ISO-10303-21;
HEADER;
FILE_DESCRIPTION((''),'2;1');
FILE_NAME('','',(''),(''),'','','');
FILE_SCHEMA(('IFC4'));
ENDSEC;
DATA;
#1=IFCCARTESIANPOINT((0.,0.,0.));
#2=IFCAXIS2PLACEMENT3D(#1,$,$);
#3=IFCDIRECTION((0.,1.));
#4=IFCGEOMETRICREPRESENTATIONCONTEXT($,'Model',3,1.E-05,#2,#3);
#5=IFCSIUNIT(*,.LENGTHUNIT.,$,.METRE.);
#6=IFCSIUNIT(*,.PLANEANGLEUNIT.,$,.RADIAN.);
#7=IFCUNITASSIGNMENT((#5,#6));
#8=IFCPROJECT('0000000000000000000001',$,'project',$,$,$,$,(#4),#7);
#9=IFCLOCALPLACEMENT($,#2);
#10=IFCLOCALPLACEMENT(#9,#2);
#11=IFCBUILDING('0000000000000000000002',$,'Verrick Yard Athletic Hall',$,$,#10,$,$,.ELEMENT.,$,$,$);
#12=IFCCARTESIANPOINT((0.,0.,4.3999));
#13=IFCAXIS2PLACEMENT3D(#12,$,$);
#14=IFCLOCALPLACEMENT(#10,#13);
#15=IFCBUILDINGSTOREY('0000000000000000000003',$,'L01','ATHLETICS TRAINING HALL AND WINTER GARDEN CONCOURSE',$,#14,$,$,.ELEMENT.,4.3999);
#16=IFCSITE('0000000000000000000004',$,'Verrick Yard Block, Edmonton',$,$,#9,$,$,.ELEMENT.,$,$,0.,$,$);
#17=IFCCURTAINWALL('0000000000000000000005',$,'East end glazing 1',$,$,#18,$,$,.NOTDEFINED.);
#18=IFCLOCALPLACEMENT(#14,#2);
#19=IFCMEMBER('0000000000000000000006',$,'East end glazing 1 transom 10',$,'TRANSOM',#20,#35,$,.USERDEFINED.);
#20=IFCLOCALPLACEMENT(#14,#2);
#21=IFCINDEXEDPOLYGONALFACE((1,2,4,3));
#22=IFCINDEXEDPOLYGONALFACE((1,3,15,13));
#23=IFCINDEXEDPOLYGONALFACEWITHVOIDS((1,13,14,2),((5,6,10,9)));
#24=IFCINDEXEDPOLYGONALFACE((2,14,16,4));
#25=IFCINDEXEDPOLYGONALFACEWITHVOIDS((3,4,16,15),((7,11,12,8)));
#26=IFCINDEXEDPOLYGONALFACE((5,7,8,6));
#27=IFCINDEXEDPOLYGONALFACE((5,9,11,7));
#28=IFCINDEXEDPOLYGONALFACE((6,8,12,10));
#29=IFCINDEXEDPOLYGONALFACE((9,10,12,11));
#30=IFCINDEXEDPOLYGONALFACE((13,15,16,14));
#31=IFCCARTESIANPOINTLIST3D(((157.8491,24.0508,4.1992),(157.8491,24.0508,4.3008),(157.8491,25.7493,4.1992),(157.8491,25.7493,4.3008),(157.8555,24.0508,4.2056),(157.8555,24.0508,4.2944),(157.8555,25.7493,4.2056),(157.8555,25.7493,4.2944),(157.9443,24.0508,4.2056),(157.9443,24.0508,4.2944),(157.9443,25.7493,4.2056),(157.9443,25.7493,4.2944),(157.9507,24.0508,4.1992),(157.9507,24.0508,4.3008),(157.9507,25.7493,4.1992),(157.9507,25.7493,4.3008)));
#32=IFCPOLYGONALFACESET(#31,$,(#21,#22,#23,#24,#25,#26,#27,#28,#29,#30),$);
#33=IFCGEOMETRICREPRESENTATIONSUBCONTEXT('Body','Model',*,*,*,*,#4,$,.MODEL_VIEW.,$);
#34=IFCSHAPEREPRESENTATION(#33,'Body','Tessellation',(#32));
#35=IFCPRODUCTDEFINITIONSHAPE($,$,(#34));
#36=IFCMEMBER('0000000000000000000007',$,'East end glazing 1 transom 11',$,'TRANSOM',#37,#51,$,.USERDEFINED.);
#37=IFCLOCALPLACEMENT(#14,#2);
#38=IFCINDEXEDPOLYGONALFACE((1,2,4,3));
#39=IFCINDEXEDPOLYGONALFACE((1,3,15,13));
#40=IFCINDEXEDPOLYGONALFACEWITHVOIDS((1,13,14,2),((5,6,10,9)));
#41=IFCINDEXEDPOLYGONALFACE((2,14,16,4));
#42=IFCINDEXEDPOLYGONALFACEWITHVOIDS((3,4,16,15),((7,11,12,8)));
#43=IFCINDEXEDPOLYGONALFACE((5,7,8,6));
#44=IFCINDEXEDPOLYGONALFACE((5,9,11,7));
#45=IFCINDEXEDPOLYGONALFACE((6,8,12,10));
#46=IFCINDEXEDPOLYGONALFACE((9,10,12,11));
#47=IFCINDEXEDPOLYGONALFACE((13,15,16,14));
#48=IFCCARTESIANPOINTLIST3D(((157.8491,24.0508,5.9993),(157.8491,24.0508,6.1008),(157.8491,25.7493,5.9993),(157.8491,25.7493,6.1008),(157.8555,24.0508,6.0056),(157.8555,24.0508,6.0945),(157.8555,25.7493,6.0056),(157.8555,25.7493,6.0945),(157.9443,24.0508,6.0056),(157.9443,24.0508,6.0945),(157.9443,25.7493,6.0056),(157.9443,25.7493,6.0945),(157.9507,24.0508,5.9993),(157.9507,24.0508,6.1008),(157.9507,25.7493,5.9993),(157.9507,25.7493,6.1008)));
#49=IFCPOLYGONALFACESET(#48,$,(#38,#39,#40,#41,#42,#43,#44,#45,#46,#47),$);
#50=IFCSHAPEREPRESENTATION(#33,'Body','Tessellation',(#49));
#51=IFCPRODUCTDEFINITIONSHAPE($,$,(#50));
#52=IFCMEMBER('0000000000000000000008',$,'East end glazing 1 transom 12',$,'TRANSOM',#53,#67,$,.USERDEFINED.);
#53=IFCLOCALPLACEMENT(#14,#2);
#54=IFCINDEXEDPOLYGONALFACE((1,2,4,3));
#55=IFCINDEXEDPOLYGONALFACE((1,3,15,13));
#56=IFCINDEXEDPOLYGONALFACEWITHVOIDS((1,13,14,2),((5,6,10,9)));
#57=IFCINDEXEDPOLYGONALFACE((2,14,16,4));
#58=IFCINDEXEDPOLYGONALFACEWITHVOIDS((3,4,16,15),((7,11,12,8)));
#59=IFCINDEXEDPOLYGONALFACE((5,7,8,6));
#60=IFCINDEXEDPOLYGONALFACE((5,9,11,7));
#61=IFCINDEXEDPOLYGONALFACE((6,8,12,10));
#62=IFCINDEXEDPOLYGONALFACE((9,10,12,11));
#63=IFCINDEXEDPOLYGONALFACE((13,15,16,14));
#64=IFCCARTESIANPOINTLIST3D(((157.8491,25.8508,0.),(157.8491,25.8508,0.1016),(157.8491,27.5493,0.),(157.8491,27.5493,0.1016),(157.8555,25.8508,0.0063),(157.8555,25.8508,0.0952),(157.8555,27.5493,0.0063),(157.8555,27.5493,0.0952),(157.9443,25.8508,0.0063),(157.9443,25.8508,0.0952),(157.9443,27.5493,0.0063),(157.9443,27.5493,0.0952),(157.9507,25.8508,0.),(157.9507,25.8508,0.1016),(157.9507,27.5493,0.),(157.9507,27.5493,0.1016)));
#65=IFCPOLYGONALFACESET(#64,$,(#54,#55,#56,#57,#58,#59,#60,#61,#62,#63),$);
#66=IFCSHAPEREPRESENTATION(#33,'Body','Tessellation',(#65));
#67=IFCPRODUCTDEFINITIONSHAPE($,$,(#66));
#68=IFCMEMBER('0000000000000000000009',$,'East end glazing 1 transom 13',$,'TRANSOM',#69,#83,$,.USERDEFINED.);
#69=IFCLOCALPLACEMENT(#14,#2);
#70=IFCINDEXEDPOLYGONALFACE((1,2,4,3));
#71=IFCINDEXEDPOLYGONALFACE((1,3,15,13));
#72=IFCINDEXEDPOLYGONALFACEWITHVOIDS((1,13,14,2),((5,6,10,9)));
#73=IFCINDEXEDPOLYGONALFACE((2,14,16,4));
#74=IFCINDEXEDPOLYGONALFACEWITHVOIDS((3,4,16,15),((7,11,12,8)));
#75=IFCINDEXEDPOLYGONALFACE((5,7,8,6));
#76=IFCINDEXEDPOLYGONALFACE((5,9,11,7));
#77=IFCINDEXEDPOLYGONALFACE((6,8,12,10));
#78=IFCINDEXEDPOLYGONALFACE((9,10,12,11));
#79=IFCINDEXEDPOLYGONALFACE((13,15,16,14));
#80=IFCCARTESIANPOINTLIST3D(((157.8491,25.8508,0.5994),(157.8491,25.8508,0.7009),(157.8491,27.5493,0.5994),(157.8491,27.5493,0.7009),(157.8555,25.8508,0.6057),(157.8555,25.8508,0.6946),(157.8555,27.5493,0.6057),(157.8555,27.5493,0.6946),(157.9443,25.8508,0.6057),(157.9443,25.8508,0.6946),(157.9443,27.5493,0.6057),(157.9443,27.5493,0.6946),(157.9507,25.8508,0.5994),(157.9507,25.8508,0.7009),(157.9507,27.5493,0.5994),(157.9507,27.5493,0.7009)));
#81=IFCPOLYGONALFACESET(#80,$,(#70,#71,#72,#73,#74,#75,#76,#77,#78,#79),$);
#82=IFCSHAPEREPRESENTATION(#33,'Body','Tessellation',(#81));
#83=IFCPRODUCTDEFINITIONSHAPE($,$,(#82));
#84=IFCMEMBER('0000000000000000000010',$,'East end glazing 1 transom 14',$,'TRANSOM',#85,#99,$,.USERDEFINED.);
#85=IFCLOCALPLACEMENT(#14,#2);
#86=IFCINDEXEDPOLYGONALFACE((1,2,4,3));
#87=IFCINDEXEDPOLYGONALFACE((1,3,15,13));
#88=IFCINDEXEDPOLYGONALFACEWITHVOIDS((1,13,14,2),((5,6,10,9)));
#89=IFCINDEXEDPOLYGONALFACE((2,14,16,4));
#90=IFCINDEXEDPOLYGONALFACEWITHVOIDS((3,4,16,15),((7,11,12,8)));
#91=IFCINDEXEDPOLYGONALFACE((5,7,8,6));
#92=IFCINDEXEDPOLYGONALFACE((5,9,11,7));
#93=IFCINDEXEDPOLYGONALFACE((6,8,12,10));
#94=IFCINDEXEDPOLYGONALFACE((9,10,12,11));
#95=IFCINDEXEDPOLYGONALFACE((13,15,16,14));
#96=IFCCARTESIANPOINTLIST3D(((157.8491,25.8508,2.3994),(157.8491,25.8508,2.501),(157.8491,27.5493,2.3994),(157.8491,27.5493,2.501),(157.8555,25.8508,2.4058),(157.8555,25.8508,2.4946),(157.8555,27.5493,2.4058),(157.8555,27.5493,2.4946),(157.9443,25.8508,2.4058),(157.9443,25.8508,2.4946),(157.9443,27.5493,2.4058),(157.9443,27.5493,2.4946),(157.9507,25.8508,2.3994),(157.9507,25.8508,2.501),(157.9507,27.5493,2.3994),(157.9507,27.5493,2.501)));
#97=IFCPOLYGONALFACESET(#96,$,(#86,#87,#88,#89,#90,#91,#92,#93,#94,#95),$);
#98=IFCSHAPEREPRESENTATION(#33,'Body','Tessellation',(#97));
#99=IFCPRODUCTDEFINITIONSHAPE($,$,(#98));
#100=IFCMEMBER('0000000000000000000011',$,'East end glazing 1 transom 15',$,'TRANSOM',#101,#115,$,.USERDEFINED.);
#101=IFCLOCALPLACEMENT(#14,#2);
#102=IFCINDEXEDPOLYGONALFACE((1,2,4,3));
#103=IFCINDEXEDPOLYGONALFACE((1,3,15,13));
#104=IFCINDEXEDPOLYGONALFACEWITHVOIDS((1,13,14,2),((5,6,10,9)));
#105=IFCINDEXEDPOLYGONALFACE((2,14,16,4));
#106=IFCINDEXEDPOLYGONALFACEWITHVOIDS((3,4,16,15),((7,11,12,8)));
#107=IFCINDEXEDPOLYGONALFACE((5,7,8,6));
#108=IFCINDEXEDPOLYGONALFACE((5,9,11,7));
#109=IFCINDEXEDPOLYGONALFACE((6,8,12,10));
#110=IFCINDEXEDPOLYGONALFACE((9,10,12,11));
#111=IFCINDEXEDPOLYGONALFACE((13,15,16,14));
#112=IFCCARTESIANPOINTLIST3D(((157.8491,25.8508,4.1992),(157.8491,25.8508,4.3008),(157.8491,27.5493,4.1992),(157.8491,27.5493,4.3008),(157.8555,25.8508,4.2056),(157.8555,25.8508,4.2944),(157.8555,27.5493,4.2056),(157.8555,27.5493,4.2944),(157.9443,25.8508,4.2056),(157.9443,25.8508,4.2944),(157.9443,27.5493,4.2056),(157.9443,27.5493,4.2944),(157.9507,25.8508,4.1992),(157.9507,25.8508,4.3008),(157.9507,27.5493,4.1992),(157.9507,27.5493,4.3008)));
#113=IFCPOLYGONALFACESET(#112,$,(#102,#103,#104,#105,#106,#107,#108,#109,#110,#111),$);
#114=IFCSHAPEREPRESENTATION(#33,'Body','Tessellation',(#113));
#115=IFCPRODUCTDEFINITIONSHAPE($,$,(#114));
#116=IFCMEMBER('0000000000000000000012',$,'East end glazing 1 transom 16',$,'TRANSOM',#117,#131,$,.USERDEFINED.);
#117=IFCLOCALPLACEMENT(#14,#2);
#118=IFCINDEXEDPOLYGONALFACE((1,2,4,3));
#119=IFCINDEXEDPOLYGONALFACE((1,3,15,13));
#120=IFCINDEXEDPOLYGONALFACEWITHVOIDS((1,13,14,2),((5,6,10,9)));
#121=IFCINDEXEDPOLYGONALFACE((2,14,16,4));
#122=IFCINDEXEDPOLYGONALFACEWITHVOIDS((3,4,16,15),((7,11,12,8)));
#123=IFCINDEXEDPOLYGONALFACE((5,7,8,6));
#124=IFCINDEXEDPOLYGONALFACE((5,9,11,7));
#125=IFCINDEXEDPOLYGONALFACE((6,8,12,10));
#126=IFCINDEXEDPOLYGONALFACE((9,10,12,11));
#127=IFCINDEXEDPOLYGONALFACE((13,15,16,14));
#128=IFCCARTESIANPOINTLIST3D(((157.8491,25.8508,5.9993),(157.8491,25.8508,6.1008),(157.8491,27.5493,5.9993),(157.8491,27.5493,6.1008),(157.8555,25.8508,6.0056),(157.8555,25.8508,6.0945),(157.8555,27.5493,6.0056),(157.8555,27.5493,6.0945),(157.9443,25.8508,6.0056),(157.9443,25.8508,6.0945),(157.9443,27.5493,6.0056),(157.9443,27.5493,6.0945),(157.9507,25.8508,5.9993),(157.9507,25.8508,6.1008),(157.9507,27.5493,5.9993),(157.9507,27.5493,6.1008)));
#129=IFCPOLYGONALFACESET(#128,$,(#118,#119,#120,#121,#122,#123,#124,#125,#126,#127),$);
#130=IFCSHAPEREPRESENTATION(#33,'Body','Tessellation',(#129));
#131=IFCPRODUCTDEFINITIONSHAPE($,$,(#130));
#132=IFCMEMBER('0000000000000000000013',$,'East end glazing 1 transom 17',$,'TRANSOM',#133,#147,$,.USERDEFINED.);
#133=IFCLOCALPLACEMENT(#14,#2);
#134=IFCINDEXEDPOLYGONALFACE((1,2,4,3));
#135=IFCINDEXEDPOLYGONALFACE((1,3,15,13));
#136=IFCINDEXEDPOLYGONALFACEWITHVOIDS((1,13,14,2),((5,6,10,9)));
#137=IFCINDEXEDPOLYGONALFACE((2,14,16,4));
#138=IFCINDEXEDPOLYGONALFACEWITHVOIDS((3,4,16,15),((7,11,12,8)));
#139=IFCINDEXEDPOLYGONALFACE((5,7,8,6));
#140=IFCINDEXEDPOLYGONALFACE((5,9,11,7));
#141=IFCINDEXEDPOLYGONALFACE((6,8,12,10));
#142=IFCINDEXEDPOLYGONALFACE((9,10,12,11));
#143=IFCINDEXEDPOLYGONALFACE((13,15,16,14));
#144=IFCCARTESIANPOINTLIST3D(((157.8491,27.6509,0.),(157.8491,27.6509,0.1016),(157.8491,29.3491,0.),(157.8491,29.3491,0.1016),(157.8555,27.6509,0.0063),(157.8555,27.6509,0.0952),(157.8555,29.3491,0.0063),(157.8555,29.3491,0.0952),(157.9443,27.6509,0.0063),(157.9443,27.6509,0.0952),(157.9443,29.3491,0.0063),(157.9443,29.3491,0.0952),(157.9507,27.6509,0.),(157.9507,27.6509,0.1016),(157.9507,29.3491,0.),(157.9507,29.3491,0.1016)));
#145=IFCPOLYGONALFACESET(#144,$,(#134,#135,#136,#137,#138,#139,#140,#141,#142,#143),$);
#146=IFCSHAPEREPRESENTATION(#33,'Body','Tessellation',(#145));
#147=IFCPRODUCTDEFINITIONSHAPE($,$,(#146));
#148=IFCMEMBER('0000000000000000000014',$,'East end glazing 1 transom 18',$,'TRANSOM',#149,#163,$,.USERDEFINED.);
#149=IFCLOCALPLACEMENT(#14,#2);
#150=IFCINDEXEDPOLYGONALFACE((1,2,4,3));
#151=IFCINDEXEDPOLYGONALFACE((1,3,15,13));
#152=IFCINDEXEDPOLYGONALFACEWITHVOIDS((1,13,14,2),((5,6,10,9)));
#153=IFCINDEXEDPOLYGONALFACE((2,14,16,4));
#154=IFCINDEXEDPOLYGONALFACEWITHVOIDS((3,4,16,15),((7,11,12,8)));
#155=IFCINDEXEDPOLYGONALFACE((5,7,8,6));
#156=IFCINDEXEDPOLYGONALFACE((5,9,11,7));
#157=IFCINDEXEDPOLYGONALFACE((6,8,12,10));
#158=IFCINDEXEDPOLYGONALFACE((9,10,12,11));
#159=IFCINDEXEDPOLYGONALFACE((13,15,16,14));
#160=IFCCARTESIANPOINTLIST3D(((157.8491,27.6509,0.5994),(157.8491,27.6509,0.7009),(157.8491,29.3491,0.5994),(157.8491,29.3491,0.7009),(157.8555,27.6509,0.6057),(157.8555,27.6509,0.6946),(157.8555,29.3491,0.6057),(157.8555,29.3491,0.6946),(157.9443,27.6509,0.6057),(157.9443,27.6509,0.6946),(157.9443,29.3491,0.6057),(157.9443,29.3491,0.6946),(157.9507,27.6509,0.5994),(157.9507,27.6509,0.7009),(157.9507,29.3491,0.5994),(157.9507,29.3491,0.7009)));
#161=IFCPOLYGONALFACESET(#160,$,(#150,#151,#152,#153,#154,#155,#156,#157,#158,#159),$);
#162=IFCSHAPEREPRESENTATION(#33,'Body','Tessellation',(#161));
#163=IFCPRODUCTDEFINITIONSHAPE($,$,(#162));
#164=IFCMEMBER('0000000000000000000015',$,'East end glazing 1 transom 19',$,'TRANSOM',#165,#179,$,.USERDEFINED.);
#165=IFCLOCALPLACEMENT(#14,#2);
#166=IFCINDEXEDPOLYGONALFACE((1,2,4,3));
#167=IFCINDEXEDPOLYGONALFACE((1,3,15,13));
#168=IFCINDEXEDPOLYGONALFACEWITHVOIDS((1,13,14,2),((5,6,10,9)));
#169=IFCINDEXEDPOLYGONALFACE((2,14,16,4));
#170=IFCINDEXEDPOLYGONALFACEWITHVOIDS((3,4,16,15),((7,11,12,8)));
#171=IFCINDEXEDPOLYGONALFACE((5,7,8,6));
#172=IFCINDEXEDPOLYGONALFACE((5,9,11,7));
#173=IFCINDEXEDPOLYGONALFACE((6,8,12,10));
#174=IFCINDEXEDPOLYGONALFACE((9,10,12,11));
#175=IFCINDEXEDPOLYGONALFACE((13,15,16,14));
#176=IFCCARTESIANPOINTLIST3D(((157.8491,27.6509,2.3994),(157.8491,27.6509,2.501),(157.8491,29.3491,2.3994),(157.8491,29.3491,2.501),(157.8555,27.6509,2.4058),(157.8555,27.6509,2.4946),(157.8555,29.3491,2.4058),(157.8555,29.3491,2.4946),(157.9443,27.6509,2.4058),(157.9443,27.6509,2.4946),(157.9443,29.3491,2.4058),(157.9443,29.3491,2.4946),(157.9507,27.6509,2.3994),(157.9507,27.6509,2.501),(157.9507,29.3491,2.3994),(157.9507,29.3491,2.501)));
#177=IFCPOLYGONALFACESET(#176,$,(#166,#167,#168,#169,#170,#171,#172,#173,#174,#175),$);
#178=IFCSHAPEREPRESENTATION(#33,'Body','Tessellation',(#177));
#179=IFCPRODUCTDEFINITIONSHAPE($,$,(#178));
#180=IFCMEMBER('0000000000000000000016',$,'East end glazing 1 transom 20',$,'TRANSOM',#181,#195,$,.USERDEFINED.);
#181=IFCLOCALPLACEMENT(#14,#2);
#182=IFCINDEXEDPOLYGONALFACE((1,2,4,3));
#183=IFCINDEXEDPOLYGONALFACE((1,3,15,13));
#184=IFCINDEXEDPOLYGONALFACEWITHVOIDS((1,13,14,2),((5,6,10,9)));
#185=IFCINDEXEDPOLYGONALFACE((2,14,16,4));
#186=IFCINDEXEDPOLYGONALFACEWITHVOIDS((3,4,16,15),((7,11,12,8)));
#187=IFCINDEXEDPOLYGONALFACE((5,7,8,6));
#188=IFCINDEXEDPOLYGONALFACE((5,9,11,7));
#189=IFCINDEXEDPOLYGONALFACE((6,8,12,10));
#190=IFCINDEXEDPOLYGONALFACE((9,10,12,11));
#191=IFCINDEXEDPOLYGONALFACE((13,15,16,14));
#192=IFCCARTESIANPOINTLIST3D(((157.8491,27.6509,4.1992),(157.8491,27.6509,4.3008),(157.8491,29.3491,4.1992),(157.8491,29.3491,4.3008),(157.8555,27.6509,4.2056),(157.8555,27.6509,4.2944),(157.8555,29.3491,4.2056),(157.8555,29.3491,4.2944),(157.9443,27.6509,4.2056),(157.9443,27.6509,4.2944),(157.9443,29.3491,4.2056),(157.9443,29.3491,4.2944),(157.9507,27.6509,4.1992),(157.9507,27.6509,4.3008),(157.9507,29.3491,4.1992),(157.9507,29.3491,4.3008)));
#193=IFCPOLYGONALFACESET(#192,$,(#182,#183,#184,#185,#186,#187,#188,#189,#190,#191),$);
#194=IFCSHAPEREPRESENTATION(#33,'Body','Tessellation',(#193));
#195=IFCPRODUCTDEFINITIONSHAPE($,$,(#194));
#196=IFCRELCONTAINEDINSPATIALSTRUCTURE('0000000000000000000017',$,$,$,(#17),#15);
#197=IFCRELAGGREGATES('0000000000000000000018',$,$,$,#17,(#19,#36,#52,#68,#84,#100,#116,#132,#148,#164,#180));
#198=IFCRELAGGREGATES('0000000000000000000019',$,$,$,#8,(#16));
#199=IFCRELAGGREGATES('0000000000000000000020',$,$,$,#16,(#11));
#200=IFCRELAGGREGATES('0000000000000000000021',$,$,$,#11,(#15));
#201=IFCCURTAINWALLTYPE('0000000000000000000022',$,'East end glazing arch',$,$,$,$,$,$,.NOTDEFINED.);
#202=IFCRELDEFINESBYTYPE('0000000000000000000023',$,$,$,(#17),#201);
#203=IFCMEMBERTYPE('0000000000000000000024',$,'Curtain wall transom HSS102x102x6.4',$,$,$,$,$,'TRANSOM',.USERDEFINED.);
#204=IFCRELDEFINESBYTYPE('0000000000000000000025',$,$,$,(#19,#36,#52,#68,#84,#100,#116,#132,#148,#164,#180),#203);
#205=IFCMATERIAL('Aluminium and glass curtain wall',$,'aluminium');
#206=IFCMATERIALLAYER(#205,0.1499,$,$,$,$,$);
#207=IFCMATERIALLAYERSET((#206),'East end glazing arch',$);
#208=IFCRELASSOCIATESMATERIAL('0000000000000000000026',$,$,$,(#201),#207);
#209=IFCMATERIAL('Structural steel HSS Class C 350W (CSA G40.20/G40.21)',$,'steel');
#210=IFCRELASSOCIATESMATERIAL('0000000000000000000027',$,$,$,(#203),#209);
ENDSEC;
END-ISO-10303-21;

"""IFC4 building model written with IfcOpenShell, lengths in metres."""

from ifc_helpers import new_model, si_unit, direction, frame, origin, origin_2d, place, context, subcontext, project, spatial, hollow_rectangle, extrude, material, layer, layer_set, material_profile, profile_set, type_object, element, aggregate, save


model = new_model("IFC4")

# Units and contexts
model_context = context("Model", 3, precision=1e-05, world=origin(), true_north=direction((0.0, 1.0)))
body_context = subcontext(model_context, "Body", "Model", "MODEL_VIEW")
ifc_project = project(units=[si_unit("LENGTHUNIT", "METRE"), si_unit("PLANEANGLEUNIT", "RADIAN")], contexts=[model_context])

# Site, building, storey
site_placement = place(None, origin())
site = spatial("IfcSite", under=ifc_project, at=site_placement, Name="Verrick Yard Block, Edmonton", CompositionType="ELEMENT", RefElevation=0.0)
building_placement = place(site_placement, origin())
building = spatial("IfcBuilding", under=site, at=building_placement, Name="Verrick Yard Athletic Hall", CompositionType="ELEMENT")
storey_placement = place(building_placement, frame((0.0, 0.0, 4.3999)))
storey = spatial("IfcBuildingStorey", under=building, at=storey_placement, Name="L01", Description="ATHLETICS TRAINING HALL AND WINTER GARDEN CONCOURSE", CompositionType="ELEMENT", Elevation=4.3999)

# Curtain wall, members
ifc_material_1 = material(Name="Aluminium and glass curtain wall", Category="aluminium")
ifc_layer = layer(ifc_material_1, 0.1499)
ifc_layer_set = layer_set([ifc_layer], Name="East end glazing arch")
curtain_wall_type = type_object("IfcCurtainWallType", Name="East end glazing arch", PredefinedType="NOTDEFINED", material=ifc_layer_set)
curtain_wall_placement = place(storey_placement, origin())
curtain_wall = element("IfcCurtainWall", 1, at=curtain_wall_placement, inside=storey, type_object=curtain_wall_type, Name="East end glazing 1", PredefinedType="NOTDEFINED")
ifc_material_2 = material(Name="Structural steel HSS Class C 350W (CSA G40.20/G40.21)", Category="steel")
ifc_material_profile_1 = material_profile(ifc_material_2, hollow_rectangle(XDim=0.1016, YDim=0.1016, WallThickness=0.0063, at=origin_2d()), Name="HSS102x102x6.4")
ifc_profile_set_1 = profile_set([ifc_material_profile_1], Name="Structural steel HSS Class C 350W (CSA G40.20/G40.21)")
member_type_1 = type_object("IfcMemberType", Name="Curtain wall transom HSS102x102x6.4", ElementType="TRANSOM", PredefinedType="USERDEFINED", material=ifc_profile_set_1)
member_1_placement = place(storey_placement, frame((157.8999, 24.0508, 4.25), z_axis=(0.0, 1.0, 0.0), x_axis=(-1.0, 0.0, 0.0)))
member_1 = element("IfcMember", 2, at=member_1_placement, type_object=member_type_1, Name="East end glazing 1 transom 10", ObjectType="TRANSOM", PredefinedType="USERDEFINED", context=body_context, shape_type="SweptSolid", body=[
    extrude(hollow_rectangle(XDim=0.1016, YDim=0.1016, WallThickness=0.0063, at=origin_2d()), origin(), (0.0, 0.0, 1.0), 1.6985),
])
member_2_placement = place(storey_placement, frame((157.8999, 24.0508, 6.05), z_axis=(0.0, 1.0, 0.0), x_axis=(-1.0, 0.0, 0.0)))
member_2 = element("IfcMember", 3, at=member_2_placement, type_object=member_type_1, Name="East end glazing 1 transom 11", ObjectType="TRANSOM", PredefinedType="USERDEFINED", context=body_context, shape_type="SweptSolid", body=[
    extrude(hollow_rectangle(XDim=0.1016, YDim=0.1016, WallThickness=0.0063, at=origin_2d()), origin(), (0.0, 0.0, 1.0), 1.6985),
])
member_3_placement = place(storey_placement, frame((157.8999, 25.8508, 0.0508), z_axis=(0.0, 1.0, 0.0), x_axis=(-1.0, 0.0, 0.0)))
member_3 = element("IfcMember", 4, at=member_3_placement, type_object=member_type_1, Name="East end glazing 1 transom 12", ObjectType="TRANSOM", PredefinedType="USERDEFINED", context=body_context, shape_type="SweptSolid", body=[
    extrude(hollow_rectangle(XDim=0.1016, YDim=0.1016, WallThickness=0.0063, at=origin_2d()), origin(), (0.0, 0.0, 1.0), 1.6985),
])
member_4_placement = place(storey_placement, frame((157.8999, 25.8508, 0.6501), z_axis=(0.0, 1.0, 0.0), x_axis=(-1.0, 0.0, 0.0)))
member_4 = element("IfcMember", 5, at=member_4_placement, type_object=member_type_1, Name="East end glazing 1 transom 13", ObjectType="TRANSOM", PredefinedType="USERDEFINED", context=body_context, shape_type="SweptSolid", body=[
    extrude(hollow_rectangle(XDim=0.1016, YDim=0.1016, WallThickness=0.0063, at=origin_2d()), origin(), (0.0, 0.0, 1.0), 1.6985),
])
member_5_placement = place(storey_placement, frame((157.8999, 25.8508, 2.4502), z_axis=(0.0, 1.0, 0.0), x_axis=(-1.0, 0.0, 0.0)))
member_5 = element("IfcMember", 6, at=member_5_placement, type_object=member_type_1, Name="East end glazing 1 transom 14", ObjectType="TRANSOM", PredefinedType="USERDEFINED", context=body_context, shape_type="SweptSolid", body=[
    extrude(hollow_rectangle(XDim=0.1016, YDim=0.1016, WallThickness=0.0063, at=origin_2d()), origin(), (0.0, 0.0, 1.0), 1.6985),
])
member_6_placement = place(storey_placement, frame((157.8999, 25.8508, 4.25), z_axis=(0.0, 1.0, 0.0), x_axis=(-1.0, 0.0, 0.0)))
member_6 = element("IfcMember", 7, at=member_6_placement, type_object=member_type_1, Name="East end glazing 1 transom 15", ObjectType="TRANSOM", PredefinedType="USERDEFINED", context=body_context, shape_type="SweptSolid", body=[
    extrude(hollow_rectangle(XDim=0.1016, YDim=0.1016, WallThickness=0.0063, at=origin_2d()), origin(), (0.0, 0.0, 1.0), 1.6985),
])
member_7_placement = place(storey_placement, frame((157.8999, 25.8508, 6.05), z_axis=(0.0, 1.0, 0.0), x_axis=(-1.0, 0.0, 0.0)))
member_7 = element("IfcMember", 8, at=member_7_placement, type_object=member_type_1, Name="East end glazing 1 transom 16", ObjectType="TRANSOM", PredefinedType="USERDEFINED", context=body_context, shape_type="SweptSolid", body=[
    extrude(hollow_rectangle(XDim=0.1016, YDim=0.1016, WallThickness=0.0063, at=origin_2d()), origin(), (0.0, 0.0, 1.0), 1.6985),
])
member_8_placement = place(storey_placement, frame((157.8999, 27.6509, 0.0508), z_axis=(0.0, 1.0, 0.0), x_axis=(-1.0, 0.0, 0.0)))
member_8 = element("IfcMember", 9, at=member_8_placement, type_object=member_type_1, Name="East end glazing 1 transom 17", ObjectType="TRANSOM", PredefinedType="USERDEFINED", context=body_context, shape_type="SweptSolid", body=[
    extrude(hollow_rectangle(XDim=0.1016, YDim=0.1016, WallThickness=0.0063, at=origin_2d()), origin(), (0.0, 0.0, 1.0), 1.6982),
])
member_9_placement = place(storey_placement, frame((157.8999, 27.6509, 0.6501), z_axis=(0.0, 1.0, 0.0), x_axis=(-1.0, 0.0, 0.0)))
member_9 = element("IfcMember", 10, at=member_9_placement, type_object=member_type_1, Name="East end glazing 1 transom 18", ObjectType="TRANSOM", PredefinedType="USERDEFINED", context=body_context, shape_type="SweptSolid", body=[
    extrude(hollow_rectangle(XDim=0.1016, YDim=0.1016, WallThickness=0.0063, at=origin_2d()), origin(), (0.0, 0.0, 1.0), 1.6982),
])
member_10_placement = place(storey_placement, frame((157.8999, 27.6509, 2.4502), z_axis=(0.0, 1.0, 0.0), x_axis=(-1.0, 0.0, 0.0)))
member_10 = element("IfcMember", 11, at=member_10_placement, type_object=member_type_1, Name="East end glazing 1 transom 19", ObjectType="TRANSOM", PredefinedType="USERDEFINED", context=body_context, shape_type="SweptSolid", body=[
    extrude(hollow_rectangle(XDim=0.1016, YDim=0.1016, WallThickness=0.0063, at=origin_2d()), origin(), (0.0, 0.0, 1.0), 1.6982),
])
member_11_placement = place(storey_placement, frame((157.8999, 27.6509, 4.25), z_axis=(0.0, 1.0, 0.0), x_axis=(-1.0, 0.0, 0.0)))
member_11 = element("IfcMember", 12, at=member_11_placement, type_object=member_type_1, Name="East end glazing 1 transom 20", ObjectType="TRANSOM", PredefinedType="USERDEFINED", context=body_context, shape_type="SweptSolid", body=[
    extrude(hollow_rectangle(XDim=0.1016, YDim=0.1016, WallThickness=0.0063, at=origin_2d()), origin(), (0.0, 0.0, 1.0), 1.6982),
])
aggregate(curtain_wall, [member_1, member_2, member_3, member_4, member_5, member_6, member_7, member_8, member_9, member_10, member_11])

save(model, "model.ifc")
